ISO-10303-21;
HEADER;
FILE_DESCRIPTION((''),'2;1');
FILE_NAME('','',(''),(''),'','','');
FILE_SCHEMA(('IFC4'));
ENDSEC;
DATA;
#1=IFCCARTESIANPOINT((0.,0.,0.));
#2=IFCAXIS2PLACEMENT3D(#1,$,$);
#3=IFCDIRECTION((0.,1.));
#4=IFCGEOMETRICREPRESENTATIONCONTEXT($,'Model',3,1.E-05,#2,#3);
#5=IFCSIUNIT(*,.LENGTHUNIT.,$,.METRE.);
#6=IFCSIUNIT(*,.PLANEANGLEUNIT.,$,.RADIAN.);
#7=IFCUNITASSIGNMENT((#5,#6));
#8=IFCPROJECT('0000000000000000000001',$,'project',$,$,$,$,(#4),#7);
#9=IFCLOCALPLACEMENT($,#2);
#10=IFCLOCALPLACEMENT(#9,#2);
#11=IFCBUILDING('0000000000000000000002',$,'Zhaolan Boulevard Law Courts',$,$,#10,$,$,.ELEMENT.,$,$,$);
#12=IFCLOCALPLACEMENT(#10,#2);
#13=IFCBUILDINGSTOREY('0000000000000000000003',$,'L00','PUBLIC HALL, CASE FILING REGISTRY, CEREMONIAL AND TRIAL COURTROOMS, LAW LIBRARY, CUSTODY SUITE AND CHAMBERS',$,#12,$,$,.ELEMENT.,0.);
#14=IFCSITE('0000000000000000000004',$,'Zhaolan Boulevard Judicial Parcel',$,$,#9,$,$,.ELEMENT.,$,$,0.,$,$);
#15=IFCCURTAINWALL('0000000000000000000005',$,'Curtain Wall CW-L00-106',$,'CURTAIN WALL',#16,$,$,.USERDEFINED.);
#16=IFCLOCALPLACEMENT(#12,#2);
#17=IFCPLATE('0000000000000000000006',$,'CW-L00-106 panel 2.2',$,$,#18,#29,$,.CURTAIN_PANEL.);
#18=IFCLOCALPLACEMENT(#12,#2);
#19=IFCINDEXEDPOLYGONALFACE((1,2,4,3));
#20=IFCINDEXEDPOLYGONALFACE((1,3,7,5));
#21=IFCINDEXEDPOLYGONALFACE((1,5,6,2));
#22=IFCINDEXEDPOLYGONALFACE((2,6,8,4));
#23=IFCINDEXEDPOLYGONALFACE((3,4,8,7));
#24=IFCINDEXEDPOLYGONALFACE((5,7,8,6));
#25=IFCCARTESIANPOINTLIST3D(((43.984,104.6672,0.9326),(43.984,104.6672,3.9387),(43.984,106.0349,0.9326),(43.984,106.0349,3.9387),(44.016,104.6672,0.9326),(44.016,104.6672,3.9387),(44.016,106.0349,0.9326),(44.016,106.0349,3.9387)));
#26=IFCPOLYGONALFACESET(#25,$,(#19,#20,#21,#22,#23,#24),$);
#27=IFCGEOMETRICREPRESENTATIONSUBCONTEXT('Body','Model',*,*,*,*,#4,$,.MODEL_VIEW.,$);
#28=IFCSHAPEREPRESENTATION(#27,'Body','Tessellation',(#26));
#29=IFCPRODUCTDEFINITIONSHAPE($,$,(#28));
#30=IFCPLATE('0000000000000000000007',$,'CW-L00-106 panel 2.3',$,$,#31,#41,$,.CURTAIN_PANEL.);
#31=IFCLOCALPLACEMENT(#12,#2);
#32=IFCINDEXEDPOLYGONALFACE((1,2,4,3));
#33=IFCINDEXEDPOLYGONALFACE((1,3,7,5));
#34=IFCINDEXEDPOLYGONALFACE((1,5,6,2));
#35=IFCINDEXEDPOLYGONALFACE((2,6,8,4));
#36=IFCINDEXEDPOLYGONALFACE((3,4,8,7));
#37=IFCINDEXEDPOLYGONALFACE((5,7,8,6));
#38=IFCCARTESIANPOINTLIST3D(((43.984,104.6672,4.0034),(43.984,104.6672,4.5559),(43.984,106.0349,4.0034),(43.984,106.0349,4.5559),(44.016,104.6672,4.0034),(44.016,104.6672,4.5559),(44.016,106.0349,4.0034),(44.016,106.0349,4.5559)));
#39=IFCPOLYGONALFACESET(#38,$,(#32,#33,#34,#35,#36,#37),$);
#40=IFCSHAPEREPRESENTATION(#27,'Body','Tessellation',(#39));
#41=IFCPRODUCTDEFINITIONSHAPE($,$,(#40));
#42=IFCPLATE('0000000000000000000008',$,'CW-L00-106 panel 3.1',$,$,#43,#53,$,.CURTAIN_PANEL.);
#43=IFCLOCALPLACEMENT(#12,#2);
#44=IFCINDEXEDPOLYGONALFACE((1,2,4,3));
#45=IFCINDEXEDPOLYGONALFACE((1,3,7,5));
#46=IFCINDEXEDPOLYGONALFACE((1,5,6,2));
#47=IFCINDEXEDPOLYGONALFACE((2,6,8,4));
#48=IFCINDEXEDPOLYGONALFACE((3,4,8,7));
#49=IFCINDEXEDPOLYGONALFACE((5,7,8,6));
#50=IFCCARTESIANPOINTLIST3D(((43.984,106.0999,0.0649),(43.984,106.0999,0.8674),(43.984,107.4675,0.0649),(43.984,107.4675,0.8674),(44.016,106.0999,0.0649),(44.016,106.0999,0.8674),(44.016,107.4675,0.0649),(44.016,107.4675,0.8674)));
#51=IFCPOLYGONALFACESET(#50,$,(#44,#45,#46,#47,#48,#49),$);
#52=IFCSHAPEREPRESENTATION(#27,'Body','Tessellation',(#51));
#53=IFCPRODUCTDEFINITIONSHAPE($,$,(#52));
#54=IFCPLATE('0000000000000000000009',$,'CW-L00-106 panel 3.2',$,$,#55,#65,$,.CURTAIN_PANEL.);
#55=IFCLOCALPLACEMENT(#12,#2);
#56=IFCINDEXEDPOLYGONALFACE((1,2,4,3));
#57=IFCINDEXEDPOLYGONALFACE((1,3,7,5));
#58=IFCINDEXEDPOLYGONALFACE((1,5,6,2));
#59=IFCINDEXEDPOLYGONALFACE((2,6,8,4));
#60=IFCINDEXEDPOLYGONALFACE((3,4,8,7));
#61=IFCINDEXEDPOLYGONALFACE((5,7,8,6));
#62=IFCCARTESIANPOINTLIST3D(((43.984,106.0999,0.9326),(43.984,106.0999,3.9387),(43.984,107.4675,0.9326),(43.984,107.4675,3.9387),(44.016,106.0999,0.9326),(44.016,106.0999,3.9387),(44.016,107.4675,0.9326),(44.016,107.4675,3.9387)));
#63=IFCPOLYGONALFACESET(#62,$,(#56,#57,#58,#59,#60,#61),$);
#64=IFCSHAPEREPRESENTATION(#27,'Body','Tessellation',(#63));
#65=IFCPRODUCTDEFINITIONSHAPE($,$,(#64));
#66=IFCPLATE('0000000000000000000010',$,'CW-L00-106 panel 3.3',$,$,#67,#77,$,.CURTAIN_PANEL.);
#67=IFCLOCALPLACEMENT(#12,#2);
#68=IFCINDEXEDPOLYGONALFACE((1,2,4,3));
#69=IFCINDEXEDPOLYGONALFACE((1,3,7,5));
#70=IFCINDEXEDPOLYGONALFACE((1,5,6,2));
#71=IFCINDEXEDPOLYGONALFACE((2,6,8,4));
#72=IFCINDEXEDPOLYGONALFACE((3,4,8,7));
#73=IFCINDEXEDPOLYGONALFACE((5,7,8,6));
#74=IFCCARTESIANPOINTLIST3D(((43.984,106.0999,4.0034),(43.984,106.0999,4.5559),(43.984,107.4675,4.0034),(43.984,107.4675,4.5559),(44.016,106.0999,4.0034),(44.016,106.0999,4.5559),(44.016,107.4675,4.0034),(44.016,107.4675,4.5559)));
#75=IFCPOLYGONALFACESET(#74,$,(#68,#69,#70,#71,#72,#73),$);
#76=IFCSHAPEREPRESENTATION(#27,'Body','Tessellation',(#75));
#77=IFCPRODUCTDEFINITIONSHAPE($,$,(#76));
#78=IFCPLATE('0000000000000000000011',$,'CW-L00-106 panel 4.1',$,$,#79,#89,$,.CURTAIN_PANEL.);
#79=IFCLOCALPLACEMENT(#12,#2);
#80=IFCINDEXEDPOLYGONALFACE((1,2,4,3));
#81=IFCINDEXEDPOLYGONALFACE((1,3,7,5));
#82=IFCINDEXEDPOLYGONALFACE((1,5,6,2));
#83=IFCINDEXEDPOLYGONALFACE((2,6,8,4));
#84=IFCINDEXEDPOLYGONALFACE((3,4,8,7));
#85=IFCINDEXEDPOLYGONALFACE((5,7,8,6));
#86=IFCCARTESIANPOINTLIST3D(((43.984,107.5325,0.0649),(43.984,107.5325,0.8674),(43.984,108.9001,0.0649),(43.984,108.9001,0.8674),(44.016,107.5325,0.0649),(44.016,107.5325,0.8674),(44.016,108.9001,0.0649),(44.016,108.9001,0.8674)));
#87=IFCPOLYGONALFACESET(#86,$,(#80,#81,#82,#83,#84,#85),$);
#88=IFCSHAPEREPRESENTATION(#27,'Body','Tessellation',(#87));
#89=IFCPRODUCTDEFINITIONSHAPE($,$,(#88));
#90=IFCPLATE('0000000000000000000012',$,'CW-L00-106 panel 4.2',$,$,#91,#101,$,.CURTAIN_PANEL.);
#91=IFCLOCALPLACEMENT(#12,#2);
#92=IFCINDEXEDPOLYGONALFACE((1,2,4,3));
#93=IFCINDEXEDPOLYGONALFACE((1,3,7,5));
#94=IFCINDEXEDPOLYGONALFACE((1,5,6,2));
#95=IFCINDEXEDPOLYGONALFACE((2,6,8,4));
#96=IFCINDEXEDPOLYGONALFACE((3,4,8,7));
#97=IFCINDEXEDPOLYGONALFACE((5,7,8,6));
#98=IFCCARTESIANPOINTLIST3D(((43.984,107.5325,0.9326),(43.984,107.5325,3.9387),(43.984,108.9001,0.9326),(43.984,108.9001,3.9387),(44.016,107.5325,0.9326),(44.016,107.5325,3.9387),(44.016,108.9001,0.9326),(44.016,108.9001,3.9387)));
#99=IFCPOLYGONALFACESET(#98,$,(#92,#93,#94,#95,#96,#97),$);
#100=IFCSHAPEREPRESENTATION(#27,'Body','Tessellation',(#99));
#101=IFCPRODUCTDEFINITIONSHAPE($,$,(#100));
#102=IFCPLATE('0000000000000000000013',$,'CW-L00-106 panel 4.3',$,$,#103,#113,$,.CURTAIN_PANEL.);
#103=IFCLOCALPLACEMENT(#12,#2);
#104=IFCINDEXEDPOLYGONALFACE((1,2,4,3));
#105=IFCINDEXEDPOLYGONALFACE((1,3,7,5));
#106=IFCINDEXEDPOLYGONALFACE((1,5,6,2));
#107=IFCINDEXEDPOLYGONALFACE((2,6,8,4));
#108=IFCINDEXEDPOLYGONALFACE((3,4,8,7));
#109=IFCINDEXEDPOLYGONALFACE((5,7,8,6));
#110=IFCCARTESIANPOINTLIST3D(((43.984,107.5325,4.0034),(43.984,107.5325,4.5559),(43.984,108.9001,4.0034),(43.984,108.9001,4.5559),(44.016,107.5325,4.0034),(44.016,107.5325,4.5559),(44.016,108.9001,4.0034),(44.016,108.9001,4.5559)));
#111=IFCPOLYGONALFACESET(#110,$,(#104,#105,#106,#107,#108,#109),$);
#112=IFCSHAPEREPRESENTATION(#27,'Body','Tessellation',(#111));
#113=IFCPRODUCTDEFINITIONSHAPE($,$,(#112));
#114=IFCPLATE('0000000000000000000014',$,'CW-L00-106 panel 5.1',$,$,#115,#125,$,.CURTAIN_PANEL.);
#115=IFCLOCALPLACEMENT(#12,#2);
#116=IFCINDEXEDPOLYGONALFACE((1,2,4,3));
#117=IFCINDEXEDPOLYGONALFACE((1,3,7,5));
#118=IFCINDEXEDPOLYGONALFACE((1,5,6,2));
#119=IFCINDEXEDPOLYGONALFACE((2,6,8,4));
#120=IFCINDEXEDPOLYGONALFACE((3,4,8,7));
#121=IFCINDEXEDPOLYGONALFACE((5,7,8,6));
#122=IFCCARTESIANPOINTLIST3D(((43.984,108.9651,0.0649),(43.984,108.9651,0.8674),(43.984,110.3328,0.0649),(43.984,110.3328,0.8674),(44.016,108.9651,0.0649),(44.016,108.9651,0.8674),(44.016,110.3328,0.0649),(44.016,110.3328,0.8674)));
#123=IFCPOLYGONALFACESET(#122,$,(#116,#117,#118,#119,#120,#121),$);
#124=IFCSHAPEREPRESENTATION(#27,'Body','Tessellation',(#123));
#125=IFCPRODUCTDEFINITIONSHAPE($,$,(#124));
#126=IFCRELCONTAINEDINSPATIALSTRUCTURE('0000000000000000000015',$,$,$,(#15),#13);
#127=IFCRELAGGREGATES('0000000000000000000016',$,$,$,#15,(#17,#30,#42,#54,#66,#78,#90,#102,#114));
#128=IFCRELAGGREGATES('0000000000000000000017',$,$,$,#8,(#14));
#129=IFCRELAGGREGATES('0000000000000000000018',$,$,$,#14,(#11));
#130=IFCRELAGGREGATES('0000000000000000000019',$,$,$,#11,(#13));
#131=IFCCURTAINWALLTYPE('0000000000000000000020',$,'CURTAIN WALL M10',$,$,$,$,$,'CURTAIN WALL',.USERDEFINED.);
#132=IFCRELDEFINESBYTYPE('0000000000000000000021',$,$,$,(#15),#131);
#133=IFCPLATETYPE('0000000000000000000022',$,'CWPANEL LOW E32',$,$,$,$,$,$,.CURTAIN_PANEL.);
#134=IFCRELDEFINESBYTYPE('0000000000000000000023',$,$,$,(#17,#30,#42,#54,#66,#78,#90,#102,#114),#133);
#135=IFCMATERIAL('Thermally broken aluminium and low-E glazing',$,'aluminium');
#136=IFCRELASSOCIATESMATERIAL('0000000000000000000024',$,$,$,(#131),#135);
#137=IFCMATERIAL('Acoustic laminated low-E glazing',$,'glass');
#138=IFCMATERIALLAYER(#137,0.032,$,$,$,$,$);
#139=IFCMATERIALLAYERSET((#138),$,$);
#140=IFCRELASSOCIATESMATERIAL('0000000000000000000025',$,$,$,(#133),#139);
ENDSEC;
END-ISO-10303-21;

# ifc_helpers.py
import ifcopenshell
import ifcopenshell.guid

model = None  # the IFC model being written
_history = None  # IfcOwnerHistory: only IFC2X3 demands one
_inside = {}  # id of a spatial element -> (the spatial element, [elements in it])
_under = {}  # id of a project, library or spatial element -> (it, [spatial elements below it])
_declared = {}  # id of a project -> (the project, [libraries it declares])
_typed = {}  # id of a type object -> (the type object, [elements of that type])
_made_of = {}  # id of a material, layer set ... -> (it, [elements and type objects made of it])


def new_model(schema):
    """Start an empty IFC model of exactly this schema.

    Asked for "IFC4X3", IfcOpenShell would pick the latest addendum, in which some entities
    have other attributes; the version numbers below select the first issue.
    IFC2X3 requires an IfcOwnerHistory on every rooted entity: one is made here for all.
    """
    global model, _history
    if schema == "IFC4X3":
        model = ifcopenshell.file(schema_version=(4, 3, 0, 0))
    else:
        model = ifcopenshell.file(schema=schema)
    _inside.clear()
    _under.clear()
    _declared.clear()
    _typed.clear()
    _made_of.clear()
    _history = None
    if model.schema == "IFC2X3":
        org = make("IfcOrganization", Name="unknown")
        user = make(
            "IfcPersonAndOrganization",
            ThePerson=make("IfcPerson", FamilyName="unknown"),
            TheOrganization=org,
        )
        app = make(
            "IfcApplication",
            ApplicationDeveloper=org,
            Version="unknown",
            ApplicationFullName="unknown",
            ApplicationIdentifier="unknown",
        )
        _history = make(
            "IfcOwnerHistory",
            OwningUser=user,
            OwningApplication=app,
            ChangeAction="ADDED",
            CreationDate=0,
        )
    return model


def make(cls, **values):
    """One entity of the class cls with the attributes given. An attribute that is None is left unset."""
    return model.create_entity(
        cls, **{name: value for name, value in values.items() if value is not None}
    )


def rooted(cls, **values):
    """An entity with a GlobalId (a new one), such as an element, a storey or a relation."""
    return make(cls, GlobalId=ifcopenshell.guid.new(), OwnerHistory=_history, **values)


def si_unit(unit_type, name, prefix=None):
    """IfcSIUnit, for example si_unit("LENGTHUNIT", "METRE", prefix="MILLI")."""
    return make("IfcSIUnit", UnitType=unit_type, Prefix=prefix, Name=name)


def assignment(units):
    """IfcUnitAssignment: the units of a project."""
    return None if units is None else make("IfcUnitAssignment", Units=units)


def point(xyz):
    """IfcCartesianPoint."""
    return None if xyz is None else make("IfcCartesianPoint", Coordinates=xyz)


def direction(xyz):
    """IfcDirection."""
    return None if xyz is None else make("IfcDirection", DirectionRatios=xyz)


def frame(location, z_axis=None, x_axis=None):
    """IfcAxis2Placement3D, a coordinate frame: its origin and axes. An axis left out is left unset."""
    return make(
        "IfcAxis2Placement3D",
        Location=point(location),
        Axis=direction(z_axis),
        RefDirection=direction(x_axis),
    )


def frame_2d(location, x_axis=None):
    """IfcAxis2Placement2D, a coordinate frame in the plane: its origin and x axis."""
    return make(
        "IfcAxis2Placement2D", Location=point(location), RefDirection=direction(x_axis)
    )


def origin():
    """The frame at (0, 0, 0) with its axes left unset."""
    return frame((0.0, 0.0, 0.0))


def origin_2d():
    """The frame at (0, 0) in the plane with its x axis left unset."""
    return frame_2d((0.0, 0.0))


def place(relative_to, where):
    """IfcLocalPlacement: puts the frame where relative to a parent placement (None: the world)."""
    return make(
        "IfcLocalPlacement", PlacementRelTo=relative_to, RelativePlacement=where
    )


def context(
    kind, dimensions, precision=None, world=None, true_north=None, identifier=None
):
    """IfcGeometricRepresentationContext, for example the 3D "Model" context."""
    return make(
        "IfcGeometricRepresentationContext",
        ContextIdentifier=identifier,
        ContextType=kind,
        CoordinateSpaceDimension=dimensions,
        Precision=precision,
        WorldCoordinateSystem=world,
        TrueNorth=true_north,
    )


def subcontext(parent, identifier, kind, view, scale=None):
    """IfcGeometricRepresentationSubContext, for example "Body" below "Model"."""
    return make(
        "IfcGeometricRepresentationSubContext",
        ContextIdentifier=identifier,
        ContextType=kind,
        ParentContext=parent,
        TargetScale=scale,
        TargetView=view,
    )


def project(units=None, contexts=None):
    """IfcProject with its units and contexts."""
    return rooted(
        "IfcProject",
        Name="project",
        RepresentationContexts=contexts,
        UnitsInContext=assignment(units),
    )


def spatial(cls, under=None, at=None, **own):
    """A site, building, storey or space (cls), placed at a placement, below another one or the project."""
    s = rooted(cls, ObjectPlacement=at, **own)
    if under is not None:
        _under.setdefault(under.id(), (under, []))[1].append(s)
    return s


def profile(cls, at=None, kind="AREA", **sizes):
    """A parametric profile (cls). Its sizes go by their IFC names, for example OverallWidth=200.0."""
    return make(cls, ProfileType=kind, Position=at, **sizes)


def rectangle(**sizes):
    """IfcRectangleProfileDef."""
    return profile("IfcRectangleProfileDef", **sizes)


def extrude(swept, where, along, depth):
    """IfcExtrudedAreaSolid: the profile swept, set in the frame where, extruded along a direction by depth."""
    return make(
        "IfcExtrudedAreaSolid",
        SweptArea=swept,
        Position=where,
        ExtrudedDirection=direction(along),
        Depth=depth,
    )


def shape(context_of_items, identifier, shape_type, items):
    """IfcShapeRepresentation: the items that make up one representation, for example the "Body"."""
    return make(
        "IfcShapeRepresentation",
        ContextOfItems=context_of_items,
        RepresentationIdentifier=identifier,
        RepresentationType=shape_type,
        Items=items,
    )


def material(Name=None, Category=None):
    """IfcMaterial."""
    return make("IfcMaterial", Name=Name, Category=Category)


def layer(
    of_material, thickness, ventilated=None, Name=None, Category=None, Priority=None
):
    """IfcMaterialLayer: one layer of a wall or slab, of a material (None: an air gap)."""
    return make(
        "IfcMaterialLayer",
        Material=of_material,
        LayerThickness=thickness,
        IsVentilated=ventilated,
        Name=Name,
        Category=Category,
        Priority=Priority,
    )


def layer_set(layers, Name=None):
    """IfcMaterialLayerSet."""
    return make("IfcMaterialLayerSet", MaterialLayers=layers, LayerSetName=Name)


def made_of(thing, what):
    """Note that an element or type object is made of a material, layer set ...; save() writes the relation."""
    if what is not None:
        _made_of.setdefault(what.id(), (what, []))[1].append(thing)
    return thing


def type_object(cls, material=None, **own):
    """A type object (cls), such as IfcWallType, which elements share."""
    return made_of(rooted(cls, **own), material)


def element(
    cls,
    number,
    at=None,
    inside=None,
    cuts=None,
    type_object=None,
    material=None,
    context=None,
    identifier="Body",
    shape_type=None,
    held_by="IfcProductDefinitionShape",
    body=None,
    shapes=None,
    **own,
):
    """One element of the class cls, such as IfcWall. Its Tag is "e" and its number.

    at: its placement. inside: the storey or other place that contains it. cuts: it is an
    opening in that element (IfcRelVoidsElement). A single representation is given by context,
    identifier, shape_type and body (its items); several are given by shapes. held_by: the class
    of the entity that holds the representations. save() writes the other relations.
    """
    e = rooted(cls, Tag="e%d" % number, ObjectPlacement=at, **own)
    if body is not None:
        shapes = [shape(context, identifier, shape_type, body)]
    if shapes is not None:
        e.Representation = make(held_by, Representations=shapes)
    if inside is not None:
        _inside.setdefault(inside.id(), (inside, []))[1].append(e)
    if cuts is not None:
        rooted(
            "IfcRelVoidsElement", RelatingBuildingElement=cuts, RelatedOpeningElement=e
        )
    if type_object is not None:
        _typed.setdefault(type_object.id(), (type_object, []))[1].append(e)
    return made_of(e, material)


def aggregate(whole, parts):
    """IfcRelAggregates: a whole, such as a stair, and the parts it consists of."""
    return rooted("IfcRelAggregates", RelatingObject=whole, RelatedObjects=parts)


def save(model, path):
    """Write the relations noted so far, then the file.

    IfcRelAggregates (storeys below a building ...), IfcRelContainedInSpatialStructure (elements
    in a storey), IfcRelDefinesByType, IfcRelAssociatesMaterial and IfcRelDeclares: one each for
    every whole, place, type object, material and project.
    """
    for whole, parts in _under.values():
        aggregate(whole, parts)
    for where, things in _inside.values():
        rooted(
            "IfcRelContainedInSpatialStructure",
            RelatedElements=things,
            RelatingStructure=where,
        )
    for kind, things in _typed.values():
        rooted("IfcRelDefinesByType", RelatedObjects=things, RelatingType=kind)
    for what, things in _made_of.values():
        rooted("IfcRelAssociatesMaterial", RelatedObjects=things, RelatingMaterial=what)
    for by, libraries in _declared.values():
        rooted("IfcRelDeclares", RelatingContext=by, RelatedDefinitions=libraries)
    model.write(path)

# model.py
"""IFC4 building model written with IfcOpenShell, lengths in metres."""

from ifc_helpers import new_model, si_unit, direction, frame, origin, origin_2d, place, context, subcontext, project, spatial, rectangle, extrude, material, layer, layer_set, type_object, element, aggregate, save


model = new_model("IFC4")

# Units and contexts
model_context = context("Model", 3, precision=1e-05, world=origin(), true_north=direction((0.0, 1.0)))
body_context = subcontext(model_context, "Body", "Model", "MODEL_VIEW")
ifc_project = project(units=[si_unit("LENGTHUNIT", "METRE"), si_unit("PLANEANGLEUNIT", "RADIAN")], contexts=[model_context])

# Site, building, storey
site_placement = place(None, origin())
site = spatial("IfcSite", under=ifc_project, at=site_placement, Name="Zhaolan Boulevard Judicial Parcel", CompositionType="ELEMENT", RefElevation=0.0)
building_placement = place(site_placement, origin())
building = spatial("IfcBuilding", under=site, at=building_placement, Name="Zhaolan Boulevard Law Courts", CompositionType="ELEMENT")
storey_placement = place(building_placement, origin())
storey = spatial("IfcBuildingStorey", under=building, at=storey_placement, Name="L00", Description="PUBLIC HALL, CASE FILING REGISTRY, CEREMONIAL AND TRIAL COURTROOMS, LAW LIBRARY, CUSTODY SUITE AND CHAMBERS", CompositionType="ELEMENT", Elevation=0.0)

# Curtain wall, plates
ifc_material_1 = material(Name="Thermally broken aluminium and low-E glazing", Category="aluminium")
curtain_wall_type = type_object("IfcCurtainWallType", Name="CURTAIN WALL M10", ElementType="CURTAIN WALL", PredefinedType="USERDEFINED", material=ifc_material_1)
curtain_wall_placement = place(storey_placement, origin())
curtain_wall = element("IfcCurtainWall", 1, at=curtain_wall_placement, inside=storey, type_object=curtain_wall_type, Name="Curtain Wall CW-L00-106", ObjectType="CURTAIN WALL", PredefinedType="USERDEFINED")
ifc_material_2 = material(Name="Acoustic laminated low-E glazing", Category="glass")
ifc_layer = layer(ifc_material_2, 0.032)
ifc_layer_set = layer_set([ifc_layer])
plate_type = type_object("IfcPlateType", Name="CWPANEL LOW E32", PredefinedType="CURTAIN_PANEL", material=ifc_layer_set)
plate_1_placement = place(storey_placement, frame((44.0, 105.3511, 0.9326), z_axis=(0.0, 0.0, 1.0), x_axis=(0.0, 1.0, 0.0)))
plate_1 = element("IfcPlate", 2, at=plate_1_placement, type_object=plate_type, Name="CW-L00-106 panel 2.2", PredefinedType="CURTAIN_PANEL", context=body_context, shape_type="SweptSolid", body=[
    extrude(rectangle(XDim=1.3677, YDim=0.032, at=origin_2d()), origin(), (0.0, 0.0, 1.0), 3.0061),
])
plate_2_placement = place(storey_placement, frame((44.0, 105.3511, 4.0034), z_axis=(0.0, 0.0, 1.0), x_axis=(0.0, 1.0, 0.0)))
plate_2 = element("IfcPlate", 3, at=plate_2_placement, type_object=plate_type, Name="CW-L00-106 panel 2.3", PredefinedType="CURTAIN_PANEL", context=body_context, shape_type="SweptSolid", body=[
    extrude(rectangle(XDim=1.3677, YDim=0.032, at=origin_2d()), origin(), (0.0, 0.0, 1.0), 0.5525),
])
plate_3_placement = place(storey_placement, frame((44.0, 106.7837, 0.0649), z_axis=(0.0, 0.0, 1.0), x_axis=(0.0, 1.0, 0.0)))
plate_3 = element("IfcPlate", 4, at=plate_3_placement, type_object=plate_type, Name="CW-L00-106 panel 3.1", PredefinedType="CURTAIN_PANEL", context=body_context, shape_type="SweptSolid", body=[
    extrude(rectangle(XDim=1.3677, YDim=0.032, at=origin_2d()), origin(), (0.0, 0.0, 1.0), 0.8025),
])
plate_4_placement = place(storey_placement, frame((44.0, 106.7837, 0.9326), z_axis=(0.0, 0.0, 1.0), x_axis=(0.0, 1.0, 0.0)))
plate_4 = element("IfcPlate", 5, at=plate_4_placement, type_object=plate_type, Name="CW-L00-106 panel 3.2", PredefinedType="CURTAIN_PANEL", context=body_context, shape_type="SweptSolid", body=[
    extrude(rectangle(XDim=1.3677, YDim=0.032, at=origin_2d()), origin(), (0.0, 0.0, 1.0), 3.0061),
])
plate_5_placement = place(storey_placement, frame((44.0, 106.7837, 4.0034), z_axis=(0.0, 0.0, 1.0), x_axis=(0.0, 1.0, 0.0)))
plate_5 = element("IfcPlate", 6, at=plate_5_placement, type_object=plate_type, Name="CW-L00-106 panel 3.3", PredefinedType="CURTAIN_PANEL", context=body_context, shape_type="SweptSolid", body=[
    extrude(rectangle(XDim=1.3677, YDim=0.032, at=origin_2d()), origin(), (0.0, 0.0, 1.0), 0.5525),
])
plate_6_placement = place(storey_placement, frame((44.0, 108.2163, 0.0649), z_axis=(0.0, 0.0, 1.0), x_axis=(0.0, 1.0, 0.0)))
plate_6 = element("IfcPlate", 7, at=plate_6_placement, type_object=plate_type, Name="CW-L00-106 panel 4.1", PredefinedType="CURTAIN_PANEL", context=body_context, shape_type="SweptSolid", body=[
    extrude(rectangle(XDim=1.3677, YDim=0.032, at=origin_2d()), origin(), (0.0, 0.0, 1.0), 0.8025),
])
plate_7_placement = place(storey_placement, frame((44.0, 108.2163, 0.9326), z_axis=(0.0, 0.0, 1.0), x_axis=(0.0, 1.0, 0.0)))
plate_7 = element("IfcPlate", 8, at=plate_7_placement, type_object=plate_type, Name="CW-L00-106 panel 4.2", PredefinedType="CURTAIN_PANEL", context=body_context, shape_type="SweptSolid", body=[
    extrude(rectangle(XDim=1.3677, YDim=0.032, at=origin_2d()), origin(), (0.0, 0.0, 1.0), 3.0061),
])
plate_8_placement = place(storey_placement, frame((44.0, 108.2163, 4.0034), z_axis=(0.0, 0.0, 1.0), x_axis=(0.0, 1.0, 0.0)))
plate_8 = element("IfcPlate", 9, at=plate_8_placement, type_object=plate_type, Name="CW-L00-106 panel 4.3", PredefinedType="CURTAIN_PANEL", context=body_context, shape_type="SweptSolid", body=[
    extrude(rectangle(XDim=1.3677, YDim=0.032, at=origin_2d()), origin(), (0.0, 0.0, 1.0), 0.5525),
])
plate_9_placement = place(storey_placement, frame((44.0, 109.6489, 0.0649), z_axis=(0.0, 0.0, 1.0), x_axis=(0.0, 1.0, 0.0)))
plate_9 = element("IfcPlate", 10, at=plate_9_placement, type_object=plate_type, Name="CW-L00-106 panel 5.1", PredefinedType="CURTAIN_PANEL", context=body_context, shape_type="SweptSolid", body=[
    extrude(rectangle(XDim=1.3677, YDim=0.032, at=origin_2d()), origin(), (0.0, 0.0, 1.0), 0.8025),
])
aggregate(curtain_wall, [plate_1, plate_2, plate_3, plate_4, plate_5, plate_6, plate_7, plate_8, plate_9])

save(model, "model.ifc")
